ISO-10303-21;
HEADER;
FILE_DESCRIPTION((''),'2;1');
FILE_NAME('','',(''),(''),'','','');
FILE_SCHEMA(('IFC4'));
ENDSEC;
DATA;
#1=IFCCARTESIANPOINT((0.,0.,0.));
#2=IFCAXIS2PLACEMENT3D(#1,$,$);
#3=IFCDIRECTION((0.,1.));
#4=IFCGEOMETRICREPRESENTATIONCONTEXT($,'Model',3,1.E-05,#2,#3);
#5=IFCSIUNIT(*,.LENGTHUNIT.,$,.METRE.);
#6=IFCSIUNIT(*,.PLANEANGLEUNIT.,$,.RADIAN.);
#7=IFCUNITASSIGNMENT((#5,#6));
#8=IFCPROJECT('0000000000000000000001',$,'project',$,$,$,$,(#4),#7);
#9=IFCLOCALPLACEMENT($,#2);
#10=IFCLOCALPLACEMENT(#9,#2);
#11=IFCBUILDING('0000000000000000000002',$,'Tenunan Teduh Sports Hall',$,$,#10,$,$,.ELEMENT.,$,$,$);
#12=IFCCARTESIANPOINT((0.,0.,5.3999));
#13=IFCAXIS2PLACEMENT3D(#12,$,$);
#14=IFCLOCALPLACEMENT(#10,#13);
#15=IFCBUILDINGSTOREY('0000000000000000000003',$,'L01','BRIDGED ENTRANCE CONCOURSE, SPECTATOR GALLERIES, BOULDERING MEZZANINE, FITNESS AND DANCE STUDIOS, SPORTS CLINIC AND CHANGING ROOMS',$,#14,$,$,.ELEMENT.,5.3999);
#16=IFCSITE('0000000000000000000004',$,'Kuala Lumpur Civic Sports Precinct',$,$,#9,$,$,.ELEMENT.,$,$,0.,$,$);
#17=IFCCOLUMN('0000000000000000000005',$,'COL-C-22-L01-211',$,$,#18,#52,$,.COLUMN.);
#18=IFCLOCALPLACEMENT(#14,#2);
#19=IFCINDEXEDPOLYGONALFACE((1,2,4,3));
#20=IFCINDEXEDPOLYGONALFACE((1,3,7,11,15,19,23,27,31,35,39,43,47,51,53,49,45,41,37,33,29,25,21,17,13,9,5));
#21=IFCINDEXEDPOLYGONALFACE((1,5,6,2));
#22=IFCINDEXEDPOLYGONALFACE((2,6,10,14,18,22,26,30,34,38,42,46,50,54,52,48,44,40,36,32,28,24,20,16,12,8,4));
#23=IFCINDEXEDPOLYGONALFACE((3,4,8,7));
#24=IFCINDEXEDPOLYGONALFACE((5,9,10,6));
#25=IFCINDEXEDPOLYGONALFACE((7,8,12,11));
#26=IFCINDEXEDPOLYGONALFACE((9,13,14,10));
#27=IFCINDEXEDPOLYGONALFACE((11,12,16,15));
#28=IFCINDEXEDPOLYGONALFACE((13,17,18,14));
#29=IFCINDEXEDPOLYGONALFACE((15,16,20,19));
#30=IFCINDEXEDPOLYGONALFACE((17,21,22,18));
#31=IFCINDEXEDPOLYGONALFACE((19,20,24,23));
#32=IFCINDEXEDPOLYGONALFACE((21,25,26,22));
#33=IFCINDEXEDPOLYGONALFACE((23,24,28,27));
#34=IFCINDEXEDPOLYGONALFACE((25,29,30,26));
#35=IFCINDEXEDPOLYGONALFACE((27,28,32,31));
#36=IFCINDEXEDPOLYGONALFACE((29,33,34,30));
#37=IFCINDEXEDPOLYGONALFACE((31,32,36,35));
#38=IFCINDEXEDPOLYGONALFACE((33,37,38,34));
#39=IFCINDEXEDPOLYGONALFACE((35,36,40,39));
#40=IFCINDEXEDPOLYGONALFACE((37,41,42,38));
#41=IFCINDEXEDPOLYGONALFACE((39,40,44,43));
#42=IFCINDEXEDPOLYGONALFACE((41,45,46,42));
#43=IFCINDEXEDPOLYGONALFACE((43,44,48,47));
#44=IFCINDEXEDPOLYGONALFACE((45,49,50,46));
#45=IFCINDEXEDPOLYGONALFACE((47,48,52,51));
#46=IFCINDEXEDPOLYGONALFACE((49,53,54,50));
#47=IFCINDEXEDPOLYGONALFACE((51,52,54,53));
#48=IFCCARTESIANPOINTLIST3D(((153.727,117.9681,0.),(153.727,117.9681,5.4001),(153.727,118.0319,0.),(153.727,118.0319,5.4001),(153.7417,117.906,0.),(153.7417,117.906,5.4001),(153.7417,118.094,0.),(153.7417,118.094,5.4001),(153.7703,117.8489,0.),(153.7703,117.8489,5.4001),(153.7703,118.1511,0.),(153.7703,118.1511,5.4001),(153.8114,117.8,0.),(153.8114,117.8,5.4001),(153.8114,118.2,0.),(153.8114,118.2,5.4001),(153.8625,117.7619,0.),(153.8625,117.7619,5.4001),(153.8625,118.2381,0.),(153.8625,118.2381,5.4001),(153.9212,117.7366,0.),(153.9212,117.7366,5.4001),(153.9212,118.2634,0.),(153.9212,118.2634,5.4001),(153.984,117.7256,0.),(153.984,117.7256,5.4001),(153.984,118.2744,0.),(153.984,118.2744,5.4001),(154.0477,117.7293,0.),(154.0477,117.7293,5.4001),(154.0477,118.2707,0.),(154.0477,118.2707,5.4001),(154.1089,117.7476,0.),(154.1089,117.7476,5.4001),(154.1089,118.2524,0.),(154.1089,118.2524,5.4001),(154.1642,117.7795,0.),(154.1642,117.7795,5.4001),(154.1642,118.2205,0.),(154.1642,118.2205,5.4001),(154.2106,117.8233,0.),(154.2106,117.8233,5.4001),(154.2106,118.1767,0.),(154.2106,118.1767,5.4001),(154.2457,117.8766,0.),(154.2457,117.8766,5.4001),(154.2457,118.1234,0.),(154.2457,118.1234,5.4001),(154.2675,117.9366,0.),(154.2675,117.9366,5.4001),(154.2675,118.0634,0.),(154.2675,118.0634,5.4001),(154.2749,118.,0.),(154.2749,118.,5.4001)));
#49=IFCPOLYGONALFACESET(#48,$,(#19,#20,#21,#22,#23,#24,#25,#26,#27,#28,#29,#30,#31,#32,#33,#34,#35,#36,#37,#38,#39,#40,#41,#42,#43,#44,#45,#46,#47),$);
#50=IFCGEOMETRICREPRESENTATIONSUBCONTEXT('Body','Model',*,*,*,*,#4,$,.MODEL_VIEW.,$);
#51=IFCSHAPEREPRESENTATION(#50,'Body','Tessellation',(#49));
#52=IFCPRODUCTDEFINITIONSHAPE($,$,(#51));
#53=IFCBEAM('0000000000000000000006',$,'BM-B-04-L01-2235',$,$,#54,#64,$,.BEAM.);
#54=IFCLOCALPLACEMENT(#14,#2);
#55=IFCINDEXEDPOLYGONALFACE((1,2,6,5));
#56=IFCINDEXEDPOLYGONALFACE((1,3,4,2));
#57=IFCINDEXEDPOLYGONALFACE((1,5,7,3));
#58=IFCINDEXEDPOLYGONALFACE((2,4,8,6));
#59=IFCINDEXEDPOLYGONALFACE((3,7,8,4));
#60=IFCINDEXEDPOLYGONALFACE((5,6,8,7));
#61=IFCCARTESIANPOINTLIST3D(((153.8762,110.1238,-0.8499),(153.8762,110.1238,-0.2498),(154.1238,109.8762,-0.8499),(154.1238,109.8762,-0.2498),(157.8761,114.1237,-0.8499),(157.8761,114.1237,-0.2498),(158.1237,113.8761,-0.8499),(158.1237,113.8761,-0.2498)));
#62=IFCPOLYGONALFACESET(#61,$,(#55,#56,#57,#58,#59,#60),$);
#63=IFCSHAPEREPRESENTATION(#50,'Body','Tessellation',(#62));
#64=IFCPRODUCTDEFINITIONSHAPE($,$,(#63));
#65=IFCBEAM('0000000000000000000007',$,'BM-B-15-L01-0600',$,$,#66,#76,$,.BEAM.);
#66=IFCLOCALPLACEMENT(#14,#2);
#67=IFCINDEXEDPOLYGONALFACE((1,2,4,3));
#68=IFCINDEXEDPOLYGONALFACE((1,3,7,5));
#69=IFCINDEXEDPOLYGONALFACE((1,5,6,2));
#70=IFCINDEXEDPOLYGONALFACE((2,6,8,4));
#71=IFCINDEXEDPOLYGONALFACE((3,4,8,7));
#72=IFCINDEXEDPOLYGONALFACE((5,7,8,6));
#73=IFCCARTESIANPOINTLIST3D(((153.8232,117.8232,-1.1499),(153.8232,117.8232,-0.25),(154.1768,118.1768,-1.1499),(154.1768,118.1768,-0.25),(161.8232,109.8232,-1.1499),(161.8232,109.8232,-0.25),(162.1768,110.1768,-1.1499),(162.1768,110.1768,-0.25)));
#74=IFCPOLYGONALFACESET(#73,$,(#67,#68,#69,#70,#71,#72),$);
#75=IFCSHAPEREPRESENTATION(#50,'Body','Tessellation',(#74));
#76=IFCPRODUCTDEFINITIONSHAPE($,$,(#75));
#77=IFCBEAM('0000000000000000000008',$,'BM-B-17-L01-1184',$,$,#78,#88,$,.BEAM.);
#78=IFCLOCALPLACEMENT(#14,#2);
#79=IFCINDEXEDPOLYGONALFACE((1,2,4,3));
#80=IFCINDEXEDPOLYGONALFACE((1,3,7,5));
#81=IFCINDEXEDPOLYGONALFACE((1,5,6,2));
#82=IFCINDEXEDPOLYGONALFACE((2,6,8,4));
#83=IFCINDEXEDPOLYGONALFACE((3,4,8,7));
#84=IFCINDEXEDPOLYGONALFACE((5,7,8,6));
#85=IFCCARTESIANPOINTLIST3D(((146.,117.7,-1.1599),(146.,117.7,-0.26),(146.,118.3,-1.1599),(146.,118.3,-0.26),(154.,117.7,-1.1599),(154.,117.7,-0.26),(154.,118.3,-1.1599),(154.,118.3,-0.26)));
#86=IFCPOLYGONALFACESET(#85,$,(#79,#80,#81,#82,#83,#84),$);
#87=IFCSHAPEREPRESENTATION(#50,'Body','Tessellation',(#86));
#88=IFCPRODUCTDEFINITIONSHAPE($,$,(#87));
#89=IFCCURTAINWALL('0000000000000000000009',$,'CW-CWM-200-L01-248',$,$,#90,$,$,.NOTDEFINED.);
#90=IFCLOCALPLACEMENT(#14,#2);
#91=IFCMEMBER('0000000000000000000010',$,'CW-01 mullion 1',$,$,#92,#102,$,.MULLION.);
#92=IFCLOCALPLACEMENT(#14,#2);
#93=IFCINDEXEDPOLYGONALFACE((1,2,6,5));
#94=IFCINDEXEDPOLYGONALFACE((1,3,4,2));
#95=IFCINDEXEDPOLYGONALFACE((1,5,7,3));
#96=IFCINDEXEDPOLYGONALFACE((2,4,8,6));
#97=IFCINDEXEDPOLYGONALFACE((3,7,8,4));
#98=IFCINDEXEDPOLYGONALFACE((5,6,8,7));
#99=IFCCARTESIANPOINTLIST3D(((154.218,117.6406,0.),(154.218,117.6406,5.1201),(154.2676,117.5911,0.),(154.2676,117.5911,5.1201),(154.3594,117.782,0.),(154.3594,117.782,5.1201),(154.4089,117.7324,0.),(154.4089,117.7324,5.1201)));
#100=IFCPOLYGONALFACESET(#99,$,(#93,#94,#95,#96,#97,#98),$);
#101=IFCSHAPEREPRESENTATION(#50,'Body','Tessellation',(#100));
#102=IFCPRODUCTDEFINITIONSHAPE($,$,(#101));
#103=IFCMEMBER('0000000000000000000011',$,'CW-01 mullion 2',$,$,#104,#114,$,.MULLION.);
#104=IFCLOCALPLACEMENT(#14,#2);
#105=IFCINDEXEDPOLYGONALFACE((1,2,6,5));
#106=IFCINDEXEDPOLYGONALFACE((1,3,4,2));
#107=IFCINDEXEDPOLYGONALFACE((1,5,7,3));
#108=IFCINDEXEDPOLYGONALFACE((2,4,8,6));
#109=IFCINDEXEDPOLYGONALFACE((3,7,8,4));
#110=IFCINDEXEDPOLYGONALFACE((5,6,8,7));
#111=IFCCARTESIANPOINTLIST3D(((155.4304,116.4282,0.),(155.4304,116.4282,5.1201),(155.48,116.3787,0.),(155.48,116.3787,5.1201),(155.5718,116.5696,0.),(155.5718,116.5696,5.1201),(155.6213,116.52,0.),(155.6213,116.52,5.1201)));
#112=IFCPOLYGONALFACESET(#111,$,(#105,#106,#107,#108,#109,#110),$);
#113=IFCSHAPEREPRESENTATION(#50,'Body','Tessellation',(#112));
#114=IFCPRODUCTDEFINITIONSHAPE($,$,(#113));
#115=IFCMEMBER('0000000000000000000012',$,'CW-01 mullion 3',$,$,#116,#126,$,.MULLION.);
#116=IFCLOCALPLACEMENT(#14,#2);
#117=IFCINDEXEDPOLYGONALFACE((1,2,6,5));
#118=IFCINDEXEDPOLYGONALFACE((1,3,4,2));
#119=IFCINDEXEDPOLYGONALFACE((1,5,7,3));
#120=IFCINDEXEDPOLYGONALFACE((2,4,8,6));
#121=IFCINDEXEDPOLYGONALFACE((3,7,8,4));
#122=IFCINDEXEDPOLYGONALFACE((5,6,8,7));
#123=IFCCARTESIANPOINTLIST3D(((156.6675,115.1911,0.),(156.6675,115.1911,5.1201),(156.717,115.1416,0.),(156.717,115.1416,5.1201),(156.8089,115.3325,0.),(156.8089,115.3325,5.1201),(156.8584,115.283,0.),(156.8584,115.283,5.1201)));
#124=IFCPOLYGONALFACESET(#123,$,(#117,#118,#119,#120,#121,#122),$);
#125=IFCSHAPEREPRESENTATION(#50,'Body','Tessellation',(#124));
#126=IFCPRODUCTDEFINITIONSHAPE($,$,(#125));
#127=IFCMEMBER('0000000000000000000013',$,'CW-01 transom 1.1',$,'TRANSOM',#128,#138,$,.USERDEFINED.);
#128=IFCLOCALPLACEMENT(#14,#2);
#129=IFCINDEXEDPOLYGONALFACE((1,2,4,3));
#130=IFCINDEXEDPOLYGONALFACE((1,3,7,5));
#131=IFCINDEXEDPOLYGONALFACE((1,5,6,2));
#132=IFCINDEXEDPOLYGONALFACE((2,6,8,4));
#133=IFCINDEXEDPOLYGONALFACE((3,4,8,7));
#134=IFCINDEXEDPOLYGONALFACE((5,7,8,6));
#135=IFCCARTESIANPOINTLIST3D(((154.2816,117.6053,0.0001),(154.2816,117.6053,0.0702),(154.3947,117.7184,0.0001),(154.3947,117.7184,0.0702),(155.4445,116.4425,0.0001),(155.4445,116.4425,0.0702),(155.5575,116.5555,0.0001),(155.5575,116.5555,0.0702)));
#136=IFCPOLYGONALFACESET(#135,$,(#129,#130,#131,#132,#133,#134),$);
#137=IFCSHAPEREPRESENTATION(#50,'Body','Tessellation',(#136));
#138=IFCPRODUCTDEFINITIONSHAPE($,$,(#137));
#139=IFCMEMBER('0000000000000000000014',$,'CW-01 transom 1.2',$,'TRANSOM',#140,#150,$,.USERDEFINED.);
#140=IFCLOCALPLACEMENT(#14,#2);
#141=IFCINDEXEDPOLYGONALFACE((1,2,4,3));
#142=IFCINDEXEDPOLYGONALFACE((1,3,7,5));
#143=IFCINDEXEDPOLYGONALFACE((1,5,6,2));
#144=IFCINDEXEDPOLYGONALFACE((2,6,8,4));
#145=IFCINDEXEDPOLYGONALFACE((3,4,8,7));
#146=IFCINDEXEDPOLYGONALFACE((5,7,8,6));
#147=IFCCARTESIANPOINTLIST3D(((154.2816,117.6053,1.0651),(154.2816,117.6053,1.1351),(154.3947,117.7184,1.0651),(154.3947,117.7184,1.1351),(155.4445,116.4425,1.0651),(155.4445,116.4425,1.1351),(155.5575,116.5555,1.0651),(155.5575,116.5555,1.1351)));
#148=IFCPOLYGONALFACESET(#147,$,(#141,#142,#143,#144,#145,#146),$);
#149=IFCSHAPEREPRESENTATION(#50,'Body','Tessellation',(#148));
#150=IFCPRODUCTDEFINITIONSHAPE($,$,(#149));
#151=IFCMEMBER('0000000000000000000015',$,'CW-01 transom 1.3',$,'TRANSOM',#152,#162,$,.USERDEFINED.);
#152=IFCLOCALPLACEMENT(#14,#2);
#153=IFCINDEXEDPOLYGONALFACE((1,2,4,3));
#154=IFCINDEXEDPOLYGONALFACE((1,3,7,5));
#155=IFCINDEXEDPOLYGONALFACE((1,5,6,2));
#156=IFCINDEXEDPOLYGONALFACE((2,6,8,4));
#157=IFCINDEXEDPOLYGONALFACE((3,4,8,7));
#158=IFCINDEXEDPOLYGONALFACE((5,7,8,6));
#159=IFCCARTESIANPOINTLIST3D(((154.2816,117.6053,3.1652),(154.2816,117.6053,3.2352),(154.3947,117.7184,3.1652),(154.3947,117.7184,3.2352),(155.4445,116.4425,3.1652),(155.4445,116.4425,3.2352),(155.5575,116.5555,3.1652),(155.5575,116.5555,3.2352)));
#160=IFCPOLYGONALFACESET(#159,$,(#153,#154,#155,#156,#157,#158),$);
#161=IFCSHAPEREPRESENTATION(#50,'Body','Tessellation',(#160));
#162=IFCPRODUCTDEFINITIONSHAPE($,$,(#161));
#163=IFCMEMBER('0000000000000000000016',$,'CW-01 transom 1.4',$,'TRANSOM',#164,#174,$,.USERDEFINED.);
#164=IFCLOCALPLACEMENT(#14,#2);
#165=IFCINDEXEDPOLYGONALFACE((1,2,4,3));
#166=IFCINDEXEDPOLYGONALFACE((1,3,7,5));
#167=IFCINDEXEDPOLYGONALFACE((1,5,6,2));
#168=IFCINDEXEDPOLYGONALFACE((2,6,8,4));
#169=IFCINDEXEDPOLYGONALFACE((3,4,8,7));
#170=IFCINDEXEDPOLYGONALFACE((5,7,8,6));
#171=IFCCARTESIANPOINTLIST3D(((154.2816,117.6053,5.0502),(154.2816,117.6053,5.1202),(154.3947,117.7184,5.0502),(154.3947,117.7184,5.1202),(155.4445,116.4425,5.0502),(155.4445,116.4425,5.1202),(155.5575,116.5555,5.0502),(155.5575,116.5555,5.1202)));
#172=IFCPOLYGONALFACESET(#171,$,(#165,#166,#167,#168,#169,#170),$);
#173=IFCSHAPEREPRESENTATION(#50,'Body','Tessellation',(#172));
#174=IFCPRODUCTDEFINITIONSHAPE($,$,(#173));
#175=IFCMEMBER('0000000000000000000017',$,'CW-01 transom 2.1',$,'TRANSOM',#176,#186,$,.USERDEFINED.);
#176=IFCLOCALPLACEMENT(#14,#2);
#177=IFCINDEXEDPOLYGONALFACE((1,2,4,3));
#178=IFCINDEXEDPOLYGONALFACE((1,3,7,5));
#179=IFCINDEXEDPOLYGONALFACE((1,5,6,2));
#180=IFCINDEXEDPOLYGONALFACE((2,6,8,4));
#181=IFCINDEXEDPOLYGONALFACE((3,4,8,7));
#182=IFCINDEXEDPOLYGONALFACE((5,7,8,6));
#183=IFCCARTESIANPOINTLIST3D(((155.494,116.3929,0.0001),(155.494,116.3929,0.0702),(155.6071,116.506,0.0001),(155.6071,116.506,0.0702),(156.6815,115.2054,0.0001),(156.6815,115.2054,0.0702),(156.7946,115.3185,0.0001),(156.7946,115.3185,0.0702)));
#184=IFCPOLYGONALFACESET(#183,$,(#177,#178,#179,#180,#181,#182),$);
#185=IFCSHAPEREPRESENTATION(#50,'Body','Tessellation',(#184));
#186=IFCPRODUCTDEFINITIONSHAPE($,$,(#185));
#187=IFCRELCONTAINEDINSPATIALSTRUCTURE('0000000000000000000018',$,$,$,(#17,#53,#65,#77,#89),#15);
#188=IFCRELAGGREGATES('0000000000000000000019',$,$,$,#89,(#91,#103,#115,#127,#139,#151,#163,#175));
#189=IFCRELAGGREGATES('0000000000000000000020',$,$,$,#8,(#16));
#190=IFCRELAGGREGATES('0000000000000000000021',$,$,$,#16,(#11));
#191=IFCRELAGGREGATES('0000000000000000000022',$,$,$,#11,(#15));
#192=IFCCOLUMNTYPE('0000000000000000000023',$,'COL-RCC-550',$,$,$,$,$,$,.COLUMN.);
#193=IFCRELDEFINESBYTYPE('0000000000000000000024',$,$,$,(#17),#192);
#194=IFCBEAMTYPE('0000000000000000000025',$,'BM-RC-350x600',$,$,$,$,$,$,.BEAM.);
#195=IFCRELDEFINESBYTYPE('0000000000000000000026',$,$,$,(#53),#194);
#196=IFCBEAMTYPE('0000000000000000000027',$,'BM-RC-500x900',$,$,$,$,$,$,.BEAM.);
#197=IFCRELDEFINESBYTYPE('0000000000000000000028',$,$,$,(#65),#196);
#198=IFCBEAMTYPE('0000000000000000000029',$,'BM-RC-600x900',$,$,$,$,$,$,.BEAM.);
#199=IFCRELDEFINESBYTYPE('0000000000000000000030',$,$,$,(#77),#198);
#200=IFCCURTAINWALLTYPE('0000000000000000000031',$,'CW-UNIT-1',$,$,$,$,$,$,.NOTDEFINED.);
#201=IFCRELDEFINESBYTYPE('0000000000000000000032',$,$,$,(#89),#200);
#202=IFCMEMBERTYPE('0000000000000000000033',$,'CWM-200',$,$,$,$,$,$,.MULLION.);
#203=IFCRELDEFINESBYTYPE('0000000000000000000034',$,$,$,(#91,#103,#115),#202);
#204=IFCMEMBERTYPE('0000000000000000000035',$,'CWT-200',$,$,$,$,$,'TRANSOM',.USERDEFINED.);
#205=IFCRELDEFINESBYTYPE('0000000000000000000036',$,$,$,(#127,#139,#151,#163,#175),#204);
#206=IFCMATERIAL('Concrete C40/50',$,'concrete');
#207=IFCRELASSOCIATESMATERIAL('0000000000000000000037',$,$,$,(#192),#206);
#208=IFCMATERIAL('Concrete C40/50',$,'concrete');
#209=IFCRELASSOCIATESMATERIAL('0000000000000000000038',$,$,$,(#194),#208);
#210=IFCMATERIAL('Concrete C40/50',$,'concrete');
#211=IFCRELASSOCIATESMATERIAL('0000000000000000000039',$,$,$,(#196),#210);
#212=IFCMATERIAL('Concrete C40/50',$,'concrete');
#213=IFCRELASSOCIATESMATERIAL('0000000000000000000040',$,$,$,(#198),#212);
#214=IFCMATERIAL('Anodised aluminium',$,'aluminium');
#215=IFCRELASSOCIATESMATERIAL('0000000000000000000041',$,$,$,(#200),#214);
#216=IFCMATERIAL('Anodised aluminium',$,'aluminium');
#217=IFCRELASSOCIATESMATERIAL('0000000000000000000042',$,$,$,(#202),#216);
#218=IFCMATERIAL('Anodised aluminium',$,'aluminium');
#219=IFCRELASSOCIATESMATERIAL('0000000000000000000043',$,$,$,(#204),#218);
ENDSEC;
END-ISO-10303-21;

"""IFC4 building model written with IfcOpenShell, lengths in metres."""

from ifc_helpers import new_model, si_unit, direction, frame, origin, origin_2d, place, context, subcontext, project, spatial, rectangle, circle, extrude, material, material_profile, profile_set, type_object, element, aggregate, save


model = new_model("IFC4")

# Units and contexts
model_context = context("Model", 3, precision=1e-05, world=origin(), true_north=direction((0.0, 1.0)))
body_context = subcontext(model_context, "Body", "Model", "MODEL_VIEW")
ifc_project = project(units=[si_unit("LENGTHUNIT", "METRE"), si_unit("PLANEANGLEUNIT", "RADIAN")], contexts=[model_context])

# Site, building, storey
site_placement = place(None, origin())
site = spatial("IfcSite", under=ifc_project, at=site_placement, Name="Kuala Lumpur Civic Sports Precinct", CompositionType="ELEMENT", RefElevation=0.0)
building_placement = place(site_placement, origin())
building = spatial("IfcBuilding", under=site, at=building_placement, Name="Tenunan Teduh Sports Hall", CompositionType="ELEMENT")
storey_placement = place(building_placement, frame((0.0, 0.0, 5.3999)))
storey = spatial("IfcBuildingStorey", under=building, at=storey_placement, Name="L01", Description="BRIDGED ENTRANCE CONCOURSE, SPECTATOR GALLERIES, BOULDERING MEZZANINE, FITNESS AND DANCE STUDIOS, SPORTS CLINIC AND CHANGING ROOMS", CompositionType="ELEMENT", Elevation=5.3999)

# Column
ifc_material_1 = material(Name="Concrete C40/50", Category="concrete")
ifc_material_profile_1 = material_profile(ifc_material_1, circle(Radius=0.2749, at=origin_2d()), Name="RCC D550")
ifc_profile_set_1 = profile_set([ifc_material_profile_1], Name="Concrete C40/50")
column_type = type_object("IfcColumnType", Name="COL-RCC-550", PredefinedType="COLUMN", material=ifc_profile_set_1)
column_placement = place(storey_placement, frame((154.0, 118.0, 0.0), z_axis=(0.0, 0.0, 1.0), x_axis=(1.0, 0.0, 0.0)))
element("IfcColumn", 1, at=column_placement, inside=storey, type_object=column_type, Name="COL-C-22-L01-211", PredefinedType="COLUMN", context=body_context, shape_type="SweptSolid", body=[
    extrude(circle(Radius=0.2749, at=origin_2d()), origin(), (0.0, 0.0, 1.0), 5.4001),
])

# Beams
ifc_material_2 = material(Name="Concrete C40/50", Category="concrete")
ifc_material_profile_2 = material_profile(ifc_material_2, rectangle(XDim=0.3501, YDim=0.6001, at=origin_2d()), Name="RCB 350x600")
ifc_profile_set_2 = profile_set([ifc_material_profile_2], Name="Concrete C40/50")
beam_type_1 = type_object("IfcBeamType", Name="BM-RC-350x600", PredefinedType="BEAM", material=ifc_profile_set_2)
beam_1_placement = place(storey_placement, frame((154.0, 110.0, -0.5498), z_axis=(0.707107, 0.707107, 0.0), x_axis=(-0.707107, 0.707107, 0.0)))
element("IfcBeam", 2, at=beam_1_placement, inside=storey, type_object=beam_type_1, Name="BM-B-04-L01-2235", PredefinedType="BEAM", context=body_context, shape_type="SweptSolid", body=[
    extrude(rectangle(XDim=0.3501, YDim=0.6001, at=origin_2d()), origin(), (0.0, 0.0, 1.0), 5.6567),
])
ifc_material_3 = material(Name="Concrete C40/50", Category="concrete")
ifc_material_profile_3 = material_profile(ifc_material_3, rectangle(XDim=0.5, YDim=0.8999, at=origin_2d()), Name="RCB 500x900")
ifc_profile_set_3 = profile_set([ifc_material_profile_3], Name="Concrete C40/50")
beam_type_2 = type_object("IfcBeamType", Name="BM-RC-500x900", PredefinedType="BEAM", material=ifc_profile_set_3)
beam_2_placement = place(storey_placement, frame((154.0, 118.0, -0.7), z_axis=(0.707107, -0.707107, 0.0), x_axis=(0.707107, 0.707107, 0.0)))
element("IfcBeam", 3, at=beam_2_placement, inside=storey, type_object=beam_type_2, Name="BM-B-15-L01-0600", PredefinedType="BEAM", context=body_context, shape_type="SweptSolid", body=[
    extrude(rectangle(XDim=0.5, YDim=0.8999, at=origin_2d()), origin(), (0.0, 0.0, 1.0), 11.3137),
])
ifc_material_4 = material(Name="Concrete C40/50", Category="concrete")
ifc_material_profile_4 = material_profile(ifc_material_4, rectangle(XDim=0.6001, YDim=0.8999, at=origin_2d()), Name="RCB 600x900")
ifc_profile_set_4 = profile_set([ifc_material_profile_4], Name="Concrete C40/50")
beam_type_3 = type_object("IfcBeamType", Name="BM-RC-600x900", PredefinedType="BEAM", material=ifc_profile_set_4)
beam_3_placement = place(storey_placement, frame((146.0, 118.0, -0.71), z_axis=(1.0, 0.0, 0.0), x_axis=(0.0, 1.0, 0.0)))
element("IfcBeam", 4, at=beam_3_placement, inside=storey, type_object=beam_type_3, Name="BM-B-17-L01-1184", PredefinedType="BEAM", context=body_context, shape_type="SweptSolid", body=[
    extrude(rectangle(XDim=0.6001, YDim=0.8999, at=origin_2d()), origin(), (0.0, 0.0, 1.0), 8.0),
])

# Curtain wall, members
ifc_material_5 = material(Name="Anodised aluminium", Category="aluminium")
curtain_wall_type = type_object("IfcCurtainWallType", Name="CW-UNIT-1", PredefinedType="NOTDEFINED", material=ifc_material_5)
curtain_wall_placement = place(storey_placement, origin())
curtain_wall = element("IfcCurtainWall", 5, at=curtain_wall_placement, inside=storey, type_object=curtain_wall_type, Name="CW-CWM-200-L01-248", PredefinedType="NOTDEFINED")
ifc_material_6 = material(Name="Anodised aluminium", Category="aluminium")
ifc_material_profile_5 = material_profile(ifc_material_6, rectangle(XDim=0.0701, YDim=0.2, at=origin_2d()), Name="CWM 70x200")
ifc_profile_set_5 = profile_set([ifc_material_profile_5], Name="Anodised aluminium")
member_type_1 = type_object("IfcMemberType", Name="CWM-200", PredefinedType="MULLION", material=ifc_profile_set_5)
member_1_placement = place(storey_placement, frame((154.3135, 117.6865, 0.0), z_axis=(0.0, 0.0, 1.0), x_axis=(-0.707107, 0.707107, 0.0)))
member_1 = element("IfcMember", 6, at=member_1_placement, type_object=member_type_1, Name="CW-01 mullion 1", PredefinedType="MULLION", context=body_context, shape_type="SweptSolid", body=[
    extrude(rectangle(XDim=0.0701, YDim=0.2, at=origin_2d()), origin(), (0.0, 0.0, 1.0), 5.1201),
])
member_2_placement = place(storey_placement, frame((155.5259, 116.4741, 0.0), z_axis=(0.0, 0.0, 1.0), x_axis=(-0.707107, 0.707107, 0.0)))
member_2 = element("IfcMember", 7, at=member_2_placement, type_object=member_type_1, Name="CW-01 mullion 2", PredefinedType="MULLION", context=body_context, shape_type="SweptSolid", body=[
    extrude(rectangle(XDim=0.0701, YDim=0.2, at=origin_2d()), origin(), (0.0, 0.0, 1.0), 5.1201),
])
member_3_placement = place(storey_placement, frame((156.7629, 115.2371, 0.0), z_axis=(0.0, 0.0, 1.0), x_axis=(-0.707107, 0.707107, 0.0)))
member_3 = element("IfcMember", 8, at=member_3_placement, type_object=member_type_1, Name="CW-01 mullion 3", PredefinedType="MULLION", context=body_context, shape_type="SweptSolid", body=[
    extrude(rectangle(XDim=0.0701, YDim=0.2, at=origin_2d()), origin(), (0.0, 0.0, 1.0), 5.1201),
])
ifc_material_7 = material(Name="Anodised aluminium", Category="aluminium")
ifc_material_profile_6 = material_profile(ifc_material_7, rectangle(XDim=0.0701, YDim=0.1599, at=origin_2d()), Name="CWT 70x160")
ifc_profile_set_6 = profile_set([ifc_material_profile_6], Name="Anodised aluminium")
member_type_2 = type_object("IfcMemberType", Name="CWT-200", ElementType="TRANSOM", PredefinedType="USERDEFINED", material=ifc_profile_set_6)
member_4_placement = place(storey_placement, frame((154.3381, 117.6619, 0.0352), z_axis=(0.707107, -0.707107, 0.0), x_axis=(0.0, 0.0, 1.0)))
member_4 = element("IfcMember", 9, at=member_4_placement, type_object=member_type_2, Name="CW-01 transom 1.1", ObjectType="TRANSOM", PredefinedType="USERDEFINED", context=body_context, shape_type="SweptSolid", body=[
    extrude(rectangle(XDim=0.0701, YDim=0.1599, at=origin_2d()), origin(), (0.0, 0.0, 1.0), 1.6445),
])
member_5_placement = place(storey_placement, frame((154.3381, 117.6619, 1.1001), z_axis=(0.707107, -0.707107, 0.0), x_axis=(0.0, 0.0, 1.0)))
member_5 = element("IfcMember", 10, at=member_5_placement, type_object=member_type_2, Name="CW-01 transom 1.2", ObjectType="TRANSOM", PredefinedType="USERDEFINED", context=body_context, shape_type="SweptSolid", body=[
    extrude(rectangle(XDim=0.0701, YDim=0.1599, at=origin_2d()), origin(), (0.0, 0.0, 1.0), 1.6445),
])
member_6_placement = place(storey_placement, frame((154.3381, 117.6619, 3.2002), z_axis=(0.707107, -0.707107, 0.0), x_axis=(0.0, 0.0, 1.0)))
member_6 = element("IfcMember", 11, at=member_6_placement, type_object=member_type_2, Name="CW-01 transom 1.3", ObjectType="TRANSOM", PredefinedType="USERDEFINED", context=body_context, shape_type="SweptSolid", body=[
    extrude(rectangle(XDim=0.0701, YDim=0.1599, at=origin_2d()), origin(), (0.0, 0.0, 1.0), 1.6445),
])
member_7_placement = place(storey_placement, frame((154.3381, 117.6619, 5.0852), z_axis=(0.707107, -0.707107, 0.0), x_axis=(0.0, 0.0, 1.0)))
member_7 = element("IfcMember", 12, at=member_7_placement, type_object=member_type_2, Name="CW-01 transom 1.4", ObjectType="TRANSOM", PredefinedType="USERDEFINED", context=body_context, shape_type="SweptSolid", body=[
    extrude(rectangle(XDim=0.0701, YDim=0.1599, at=origin_2d()), origin(), (0.0, 0.0, 1.0), 1.6445),
])
member_8_placement = place(storey_placement, frame((155.5505, 116.4495, 0.0352), z_axis=(0.707107, -0.707107, 0.0), x_axis=(0.0, 0.0, 1.0)))
member_8 = element("IfcMember", 13, at=member_8_placement, type_object=member_type_2, Name="CW-01 transom 2.1", ObjectType="TRANSOM", PredefinedType="USERDEFINED", context=body_context, shape_type="SweptSolid", body=[
    extrude(rectangle(XDim=0.0701, YDim=0.1599, at=origin_2d()), origin(), (0.0, 0.0, 1.0), 1.6794),
])

aggregate(curtain_wall, [member_1, member_2, member_3, member_4, member_5, member_6, member_7, member_8])

save(model, "model.ifc")
